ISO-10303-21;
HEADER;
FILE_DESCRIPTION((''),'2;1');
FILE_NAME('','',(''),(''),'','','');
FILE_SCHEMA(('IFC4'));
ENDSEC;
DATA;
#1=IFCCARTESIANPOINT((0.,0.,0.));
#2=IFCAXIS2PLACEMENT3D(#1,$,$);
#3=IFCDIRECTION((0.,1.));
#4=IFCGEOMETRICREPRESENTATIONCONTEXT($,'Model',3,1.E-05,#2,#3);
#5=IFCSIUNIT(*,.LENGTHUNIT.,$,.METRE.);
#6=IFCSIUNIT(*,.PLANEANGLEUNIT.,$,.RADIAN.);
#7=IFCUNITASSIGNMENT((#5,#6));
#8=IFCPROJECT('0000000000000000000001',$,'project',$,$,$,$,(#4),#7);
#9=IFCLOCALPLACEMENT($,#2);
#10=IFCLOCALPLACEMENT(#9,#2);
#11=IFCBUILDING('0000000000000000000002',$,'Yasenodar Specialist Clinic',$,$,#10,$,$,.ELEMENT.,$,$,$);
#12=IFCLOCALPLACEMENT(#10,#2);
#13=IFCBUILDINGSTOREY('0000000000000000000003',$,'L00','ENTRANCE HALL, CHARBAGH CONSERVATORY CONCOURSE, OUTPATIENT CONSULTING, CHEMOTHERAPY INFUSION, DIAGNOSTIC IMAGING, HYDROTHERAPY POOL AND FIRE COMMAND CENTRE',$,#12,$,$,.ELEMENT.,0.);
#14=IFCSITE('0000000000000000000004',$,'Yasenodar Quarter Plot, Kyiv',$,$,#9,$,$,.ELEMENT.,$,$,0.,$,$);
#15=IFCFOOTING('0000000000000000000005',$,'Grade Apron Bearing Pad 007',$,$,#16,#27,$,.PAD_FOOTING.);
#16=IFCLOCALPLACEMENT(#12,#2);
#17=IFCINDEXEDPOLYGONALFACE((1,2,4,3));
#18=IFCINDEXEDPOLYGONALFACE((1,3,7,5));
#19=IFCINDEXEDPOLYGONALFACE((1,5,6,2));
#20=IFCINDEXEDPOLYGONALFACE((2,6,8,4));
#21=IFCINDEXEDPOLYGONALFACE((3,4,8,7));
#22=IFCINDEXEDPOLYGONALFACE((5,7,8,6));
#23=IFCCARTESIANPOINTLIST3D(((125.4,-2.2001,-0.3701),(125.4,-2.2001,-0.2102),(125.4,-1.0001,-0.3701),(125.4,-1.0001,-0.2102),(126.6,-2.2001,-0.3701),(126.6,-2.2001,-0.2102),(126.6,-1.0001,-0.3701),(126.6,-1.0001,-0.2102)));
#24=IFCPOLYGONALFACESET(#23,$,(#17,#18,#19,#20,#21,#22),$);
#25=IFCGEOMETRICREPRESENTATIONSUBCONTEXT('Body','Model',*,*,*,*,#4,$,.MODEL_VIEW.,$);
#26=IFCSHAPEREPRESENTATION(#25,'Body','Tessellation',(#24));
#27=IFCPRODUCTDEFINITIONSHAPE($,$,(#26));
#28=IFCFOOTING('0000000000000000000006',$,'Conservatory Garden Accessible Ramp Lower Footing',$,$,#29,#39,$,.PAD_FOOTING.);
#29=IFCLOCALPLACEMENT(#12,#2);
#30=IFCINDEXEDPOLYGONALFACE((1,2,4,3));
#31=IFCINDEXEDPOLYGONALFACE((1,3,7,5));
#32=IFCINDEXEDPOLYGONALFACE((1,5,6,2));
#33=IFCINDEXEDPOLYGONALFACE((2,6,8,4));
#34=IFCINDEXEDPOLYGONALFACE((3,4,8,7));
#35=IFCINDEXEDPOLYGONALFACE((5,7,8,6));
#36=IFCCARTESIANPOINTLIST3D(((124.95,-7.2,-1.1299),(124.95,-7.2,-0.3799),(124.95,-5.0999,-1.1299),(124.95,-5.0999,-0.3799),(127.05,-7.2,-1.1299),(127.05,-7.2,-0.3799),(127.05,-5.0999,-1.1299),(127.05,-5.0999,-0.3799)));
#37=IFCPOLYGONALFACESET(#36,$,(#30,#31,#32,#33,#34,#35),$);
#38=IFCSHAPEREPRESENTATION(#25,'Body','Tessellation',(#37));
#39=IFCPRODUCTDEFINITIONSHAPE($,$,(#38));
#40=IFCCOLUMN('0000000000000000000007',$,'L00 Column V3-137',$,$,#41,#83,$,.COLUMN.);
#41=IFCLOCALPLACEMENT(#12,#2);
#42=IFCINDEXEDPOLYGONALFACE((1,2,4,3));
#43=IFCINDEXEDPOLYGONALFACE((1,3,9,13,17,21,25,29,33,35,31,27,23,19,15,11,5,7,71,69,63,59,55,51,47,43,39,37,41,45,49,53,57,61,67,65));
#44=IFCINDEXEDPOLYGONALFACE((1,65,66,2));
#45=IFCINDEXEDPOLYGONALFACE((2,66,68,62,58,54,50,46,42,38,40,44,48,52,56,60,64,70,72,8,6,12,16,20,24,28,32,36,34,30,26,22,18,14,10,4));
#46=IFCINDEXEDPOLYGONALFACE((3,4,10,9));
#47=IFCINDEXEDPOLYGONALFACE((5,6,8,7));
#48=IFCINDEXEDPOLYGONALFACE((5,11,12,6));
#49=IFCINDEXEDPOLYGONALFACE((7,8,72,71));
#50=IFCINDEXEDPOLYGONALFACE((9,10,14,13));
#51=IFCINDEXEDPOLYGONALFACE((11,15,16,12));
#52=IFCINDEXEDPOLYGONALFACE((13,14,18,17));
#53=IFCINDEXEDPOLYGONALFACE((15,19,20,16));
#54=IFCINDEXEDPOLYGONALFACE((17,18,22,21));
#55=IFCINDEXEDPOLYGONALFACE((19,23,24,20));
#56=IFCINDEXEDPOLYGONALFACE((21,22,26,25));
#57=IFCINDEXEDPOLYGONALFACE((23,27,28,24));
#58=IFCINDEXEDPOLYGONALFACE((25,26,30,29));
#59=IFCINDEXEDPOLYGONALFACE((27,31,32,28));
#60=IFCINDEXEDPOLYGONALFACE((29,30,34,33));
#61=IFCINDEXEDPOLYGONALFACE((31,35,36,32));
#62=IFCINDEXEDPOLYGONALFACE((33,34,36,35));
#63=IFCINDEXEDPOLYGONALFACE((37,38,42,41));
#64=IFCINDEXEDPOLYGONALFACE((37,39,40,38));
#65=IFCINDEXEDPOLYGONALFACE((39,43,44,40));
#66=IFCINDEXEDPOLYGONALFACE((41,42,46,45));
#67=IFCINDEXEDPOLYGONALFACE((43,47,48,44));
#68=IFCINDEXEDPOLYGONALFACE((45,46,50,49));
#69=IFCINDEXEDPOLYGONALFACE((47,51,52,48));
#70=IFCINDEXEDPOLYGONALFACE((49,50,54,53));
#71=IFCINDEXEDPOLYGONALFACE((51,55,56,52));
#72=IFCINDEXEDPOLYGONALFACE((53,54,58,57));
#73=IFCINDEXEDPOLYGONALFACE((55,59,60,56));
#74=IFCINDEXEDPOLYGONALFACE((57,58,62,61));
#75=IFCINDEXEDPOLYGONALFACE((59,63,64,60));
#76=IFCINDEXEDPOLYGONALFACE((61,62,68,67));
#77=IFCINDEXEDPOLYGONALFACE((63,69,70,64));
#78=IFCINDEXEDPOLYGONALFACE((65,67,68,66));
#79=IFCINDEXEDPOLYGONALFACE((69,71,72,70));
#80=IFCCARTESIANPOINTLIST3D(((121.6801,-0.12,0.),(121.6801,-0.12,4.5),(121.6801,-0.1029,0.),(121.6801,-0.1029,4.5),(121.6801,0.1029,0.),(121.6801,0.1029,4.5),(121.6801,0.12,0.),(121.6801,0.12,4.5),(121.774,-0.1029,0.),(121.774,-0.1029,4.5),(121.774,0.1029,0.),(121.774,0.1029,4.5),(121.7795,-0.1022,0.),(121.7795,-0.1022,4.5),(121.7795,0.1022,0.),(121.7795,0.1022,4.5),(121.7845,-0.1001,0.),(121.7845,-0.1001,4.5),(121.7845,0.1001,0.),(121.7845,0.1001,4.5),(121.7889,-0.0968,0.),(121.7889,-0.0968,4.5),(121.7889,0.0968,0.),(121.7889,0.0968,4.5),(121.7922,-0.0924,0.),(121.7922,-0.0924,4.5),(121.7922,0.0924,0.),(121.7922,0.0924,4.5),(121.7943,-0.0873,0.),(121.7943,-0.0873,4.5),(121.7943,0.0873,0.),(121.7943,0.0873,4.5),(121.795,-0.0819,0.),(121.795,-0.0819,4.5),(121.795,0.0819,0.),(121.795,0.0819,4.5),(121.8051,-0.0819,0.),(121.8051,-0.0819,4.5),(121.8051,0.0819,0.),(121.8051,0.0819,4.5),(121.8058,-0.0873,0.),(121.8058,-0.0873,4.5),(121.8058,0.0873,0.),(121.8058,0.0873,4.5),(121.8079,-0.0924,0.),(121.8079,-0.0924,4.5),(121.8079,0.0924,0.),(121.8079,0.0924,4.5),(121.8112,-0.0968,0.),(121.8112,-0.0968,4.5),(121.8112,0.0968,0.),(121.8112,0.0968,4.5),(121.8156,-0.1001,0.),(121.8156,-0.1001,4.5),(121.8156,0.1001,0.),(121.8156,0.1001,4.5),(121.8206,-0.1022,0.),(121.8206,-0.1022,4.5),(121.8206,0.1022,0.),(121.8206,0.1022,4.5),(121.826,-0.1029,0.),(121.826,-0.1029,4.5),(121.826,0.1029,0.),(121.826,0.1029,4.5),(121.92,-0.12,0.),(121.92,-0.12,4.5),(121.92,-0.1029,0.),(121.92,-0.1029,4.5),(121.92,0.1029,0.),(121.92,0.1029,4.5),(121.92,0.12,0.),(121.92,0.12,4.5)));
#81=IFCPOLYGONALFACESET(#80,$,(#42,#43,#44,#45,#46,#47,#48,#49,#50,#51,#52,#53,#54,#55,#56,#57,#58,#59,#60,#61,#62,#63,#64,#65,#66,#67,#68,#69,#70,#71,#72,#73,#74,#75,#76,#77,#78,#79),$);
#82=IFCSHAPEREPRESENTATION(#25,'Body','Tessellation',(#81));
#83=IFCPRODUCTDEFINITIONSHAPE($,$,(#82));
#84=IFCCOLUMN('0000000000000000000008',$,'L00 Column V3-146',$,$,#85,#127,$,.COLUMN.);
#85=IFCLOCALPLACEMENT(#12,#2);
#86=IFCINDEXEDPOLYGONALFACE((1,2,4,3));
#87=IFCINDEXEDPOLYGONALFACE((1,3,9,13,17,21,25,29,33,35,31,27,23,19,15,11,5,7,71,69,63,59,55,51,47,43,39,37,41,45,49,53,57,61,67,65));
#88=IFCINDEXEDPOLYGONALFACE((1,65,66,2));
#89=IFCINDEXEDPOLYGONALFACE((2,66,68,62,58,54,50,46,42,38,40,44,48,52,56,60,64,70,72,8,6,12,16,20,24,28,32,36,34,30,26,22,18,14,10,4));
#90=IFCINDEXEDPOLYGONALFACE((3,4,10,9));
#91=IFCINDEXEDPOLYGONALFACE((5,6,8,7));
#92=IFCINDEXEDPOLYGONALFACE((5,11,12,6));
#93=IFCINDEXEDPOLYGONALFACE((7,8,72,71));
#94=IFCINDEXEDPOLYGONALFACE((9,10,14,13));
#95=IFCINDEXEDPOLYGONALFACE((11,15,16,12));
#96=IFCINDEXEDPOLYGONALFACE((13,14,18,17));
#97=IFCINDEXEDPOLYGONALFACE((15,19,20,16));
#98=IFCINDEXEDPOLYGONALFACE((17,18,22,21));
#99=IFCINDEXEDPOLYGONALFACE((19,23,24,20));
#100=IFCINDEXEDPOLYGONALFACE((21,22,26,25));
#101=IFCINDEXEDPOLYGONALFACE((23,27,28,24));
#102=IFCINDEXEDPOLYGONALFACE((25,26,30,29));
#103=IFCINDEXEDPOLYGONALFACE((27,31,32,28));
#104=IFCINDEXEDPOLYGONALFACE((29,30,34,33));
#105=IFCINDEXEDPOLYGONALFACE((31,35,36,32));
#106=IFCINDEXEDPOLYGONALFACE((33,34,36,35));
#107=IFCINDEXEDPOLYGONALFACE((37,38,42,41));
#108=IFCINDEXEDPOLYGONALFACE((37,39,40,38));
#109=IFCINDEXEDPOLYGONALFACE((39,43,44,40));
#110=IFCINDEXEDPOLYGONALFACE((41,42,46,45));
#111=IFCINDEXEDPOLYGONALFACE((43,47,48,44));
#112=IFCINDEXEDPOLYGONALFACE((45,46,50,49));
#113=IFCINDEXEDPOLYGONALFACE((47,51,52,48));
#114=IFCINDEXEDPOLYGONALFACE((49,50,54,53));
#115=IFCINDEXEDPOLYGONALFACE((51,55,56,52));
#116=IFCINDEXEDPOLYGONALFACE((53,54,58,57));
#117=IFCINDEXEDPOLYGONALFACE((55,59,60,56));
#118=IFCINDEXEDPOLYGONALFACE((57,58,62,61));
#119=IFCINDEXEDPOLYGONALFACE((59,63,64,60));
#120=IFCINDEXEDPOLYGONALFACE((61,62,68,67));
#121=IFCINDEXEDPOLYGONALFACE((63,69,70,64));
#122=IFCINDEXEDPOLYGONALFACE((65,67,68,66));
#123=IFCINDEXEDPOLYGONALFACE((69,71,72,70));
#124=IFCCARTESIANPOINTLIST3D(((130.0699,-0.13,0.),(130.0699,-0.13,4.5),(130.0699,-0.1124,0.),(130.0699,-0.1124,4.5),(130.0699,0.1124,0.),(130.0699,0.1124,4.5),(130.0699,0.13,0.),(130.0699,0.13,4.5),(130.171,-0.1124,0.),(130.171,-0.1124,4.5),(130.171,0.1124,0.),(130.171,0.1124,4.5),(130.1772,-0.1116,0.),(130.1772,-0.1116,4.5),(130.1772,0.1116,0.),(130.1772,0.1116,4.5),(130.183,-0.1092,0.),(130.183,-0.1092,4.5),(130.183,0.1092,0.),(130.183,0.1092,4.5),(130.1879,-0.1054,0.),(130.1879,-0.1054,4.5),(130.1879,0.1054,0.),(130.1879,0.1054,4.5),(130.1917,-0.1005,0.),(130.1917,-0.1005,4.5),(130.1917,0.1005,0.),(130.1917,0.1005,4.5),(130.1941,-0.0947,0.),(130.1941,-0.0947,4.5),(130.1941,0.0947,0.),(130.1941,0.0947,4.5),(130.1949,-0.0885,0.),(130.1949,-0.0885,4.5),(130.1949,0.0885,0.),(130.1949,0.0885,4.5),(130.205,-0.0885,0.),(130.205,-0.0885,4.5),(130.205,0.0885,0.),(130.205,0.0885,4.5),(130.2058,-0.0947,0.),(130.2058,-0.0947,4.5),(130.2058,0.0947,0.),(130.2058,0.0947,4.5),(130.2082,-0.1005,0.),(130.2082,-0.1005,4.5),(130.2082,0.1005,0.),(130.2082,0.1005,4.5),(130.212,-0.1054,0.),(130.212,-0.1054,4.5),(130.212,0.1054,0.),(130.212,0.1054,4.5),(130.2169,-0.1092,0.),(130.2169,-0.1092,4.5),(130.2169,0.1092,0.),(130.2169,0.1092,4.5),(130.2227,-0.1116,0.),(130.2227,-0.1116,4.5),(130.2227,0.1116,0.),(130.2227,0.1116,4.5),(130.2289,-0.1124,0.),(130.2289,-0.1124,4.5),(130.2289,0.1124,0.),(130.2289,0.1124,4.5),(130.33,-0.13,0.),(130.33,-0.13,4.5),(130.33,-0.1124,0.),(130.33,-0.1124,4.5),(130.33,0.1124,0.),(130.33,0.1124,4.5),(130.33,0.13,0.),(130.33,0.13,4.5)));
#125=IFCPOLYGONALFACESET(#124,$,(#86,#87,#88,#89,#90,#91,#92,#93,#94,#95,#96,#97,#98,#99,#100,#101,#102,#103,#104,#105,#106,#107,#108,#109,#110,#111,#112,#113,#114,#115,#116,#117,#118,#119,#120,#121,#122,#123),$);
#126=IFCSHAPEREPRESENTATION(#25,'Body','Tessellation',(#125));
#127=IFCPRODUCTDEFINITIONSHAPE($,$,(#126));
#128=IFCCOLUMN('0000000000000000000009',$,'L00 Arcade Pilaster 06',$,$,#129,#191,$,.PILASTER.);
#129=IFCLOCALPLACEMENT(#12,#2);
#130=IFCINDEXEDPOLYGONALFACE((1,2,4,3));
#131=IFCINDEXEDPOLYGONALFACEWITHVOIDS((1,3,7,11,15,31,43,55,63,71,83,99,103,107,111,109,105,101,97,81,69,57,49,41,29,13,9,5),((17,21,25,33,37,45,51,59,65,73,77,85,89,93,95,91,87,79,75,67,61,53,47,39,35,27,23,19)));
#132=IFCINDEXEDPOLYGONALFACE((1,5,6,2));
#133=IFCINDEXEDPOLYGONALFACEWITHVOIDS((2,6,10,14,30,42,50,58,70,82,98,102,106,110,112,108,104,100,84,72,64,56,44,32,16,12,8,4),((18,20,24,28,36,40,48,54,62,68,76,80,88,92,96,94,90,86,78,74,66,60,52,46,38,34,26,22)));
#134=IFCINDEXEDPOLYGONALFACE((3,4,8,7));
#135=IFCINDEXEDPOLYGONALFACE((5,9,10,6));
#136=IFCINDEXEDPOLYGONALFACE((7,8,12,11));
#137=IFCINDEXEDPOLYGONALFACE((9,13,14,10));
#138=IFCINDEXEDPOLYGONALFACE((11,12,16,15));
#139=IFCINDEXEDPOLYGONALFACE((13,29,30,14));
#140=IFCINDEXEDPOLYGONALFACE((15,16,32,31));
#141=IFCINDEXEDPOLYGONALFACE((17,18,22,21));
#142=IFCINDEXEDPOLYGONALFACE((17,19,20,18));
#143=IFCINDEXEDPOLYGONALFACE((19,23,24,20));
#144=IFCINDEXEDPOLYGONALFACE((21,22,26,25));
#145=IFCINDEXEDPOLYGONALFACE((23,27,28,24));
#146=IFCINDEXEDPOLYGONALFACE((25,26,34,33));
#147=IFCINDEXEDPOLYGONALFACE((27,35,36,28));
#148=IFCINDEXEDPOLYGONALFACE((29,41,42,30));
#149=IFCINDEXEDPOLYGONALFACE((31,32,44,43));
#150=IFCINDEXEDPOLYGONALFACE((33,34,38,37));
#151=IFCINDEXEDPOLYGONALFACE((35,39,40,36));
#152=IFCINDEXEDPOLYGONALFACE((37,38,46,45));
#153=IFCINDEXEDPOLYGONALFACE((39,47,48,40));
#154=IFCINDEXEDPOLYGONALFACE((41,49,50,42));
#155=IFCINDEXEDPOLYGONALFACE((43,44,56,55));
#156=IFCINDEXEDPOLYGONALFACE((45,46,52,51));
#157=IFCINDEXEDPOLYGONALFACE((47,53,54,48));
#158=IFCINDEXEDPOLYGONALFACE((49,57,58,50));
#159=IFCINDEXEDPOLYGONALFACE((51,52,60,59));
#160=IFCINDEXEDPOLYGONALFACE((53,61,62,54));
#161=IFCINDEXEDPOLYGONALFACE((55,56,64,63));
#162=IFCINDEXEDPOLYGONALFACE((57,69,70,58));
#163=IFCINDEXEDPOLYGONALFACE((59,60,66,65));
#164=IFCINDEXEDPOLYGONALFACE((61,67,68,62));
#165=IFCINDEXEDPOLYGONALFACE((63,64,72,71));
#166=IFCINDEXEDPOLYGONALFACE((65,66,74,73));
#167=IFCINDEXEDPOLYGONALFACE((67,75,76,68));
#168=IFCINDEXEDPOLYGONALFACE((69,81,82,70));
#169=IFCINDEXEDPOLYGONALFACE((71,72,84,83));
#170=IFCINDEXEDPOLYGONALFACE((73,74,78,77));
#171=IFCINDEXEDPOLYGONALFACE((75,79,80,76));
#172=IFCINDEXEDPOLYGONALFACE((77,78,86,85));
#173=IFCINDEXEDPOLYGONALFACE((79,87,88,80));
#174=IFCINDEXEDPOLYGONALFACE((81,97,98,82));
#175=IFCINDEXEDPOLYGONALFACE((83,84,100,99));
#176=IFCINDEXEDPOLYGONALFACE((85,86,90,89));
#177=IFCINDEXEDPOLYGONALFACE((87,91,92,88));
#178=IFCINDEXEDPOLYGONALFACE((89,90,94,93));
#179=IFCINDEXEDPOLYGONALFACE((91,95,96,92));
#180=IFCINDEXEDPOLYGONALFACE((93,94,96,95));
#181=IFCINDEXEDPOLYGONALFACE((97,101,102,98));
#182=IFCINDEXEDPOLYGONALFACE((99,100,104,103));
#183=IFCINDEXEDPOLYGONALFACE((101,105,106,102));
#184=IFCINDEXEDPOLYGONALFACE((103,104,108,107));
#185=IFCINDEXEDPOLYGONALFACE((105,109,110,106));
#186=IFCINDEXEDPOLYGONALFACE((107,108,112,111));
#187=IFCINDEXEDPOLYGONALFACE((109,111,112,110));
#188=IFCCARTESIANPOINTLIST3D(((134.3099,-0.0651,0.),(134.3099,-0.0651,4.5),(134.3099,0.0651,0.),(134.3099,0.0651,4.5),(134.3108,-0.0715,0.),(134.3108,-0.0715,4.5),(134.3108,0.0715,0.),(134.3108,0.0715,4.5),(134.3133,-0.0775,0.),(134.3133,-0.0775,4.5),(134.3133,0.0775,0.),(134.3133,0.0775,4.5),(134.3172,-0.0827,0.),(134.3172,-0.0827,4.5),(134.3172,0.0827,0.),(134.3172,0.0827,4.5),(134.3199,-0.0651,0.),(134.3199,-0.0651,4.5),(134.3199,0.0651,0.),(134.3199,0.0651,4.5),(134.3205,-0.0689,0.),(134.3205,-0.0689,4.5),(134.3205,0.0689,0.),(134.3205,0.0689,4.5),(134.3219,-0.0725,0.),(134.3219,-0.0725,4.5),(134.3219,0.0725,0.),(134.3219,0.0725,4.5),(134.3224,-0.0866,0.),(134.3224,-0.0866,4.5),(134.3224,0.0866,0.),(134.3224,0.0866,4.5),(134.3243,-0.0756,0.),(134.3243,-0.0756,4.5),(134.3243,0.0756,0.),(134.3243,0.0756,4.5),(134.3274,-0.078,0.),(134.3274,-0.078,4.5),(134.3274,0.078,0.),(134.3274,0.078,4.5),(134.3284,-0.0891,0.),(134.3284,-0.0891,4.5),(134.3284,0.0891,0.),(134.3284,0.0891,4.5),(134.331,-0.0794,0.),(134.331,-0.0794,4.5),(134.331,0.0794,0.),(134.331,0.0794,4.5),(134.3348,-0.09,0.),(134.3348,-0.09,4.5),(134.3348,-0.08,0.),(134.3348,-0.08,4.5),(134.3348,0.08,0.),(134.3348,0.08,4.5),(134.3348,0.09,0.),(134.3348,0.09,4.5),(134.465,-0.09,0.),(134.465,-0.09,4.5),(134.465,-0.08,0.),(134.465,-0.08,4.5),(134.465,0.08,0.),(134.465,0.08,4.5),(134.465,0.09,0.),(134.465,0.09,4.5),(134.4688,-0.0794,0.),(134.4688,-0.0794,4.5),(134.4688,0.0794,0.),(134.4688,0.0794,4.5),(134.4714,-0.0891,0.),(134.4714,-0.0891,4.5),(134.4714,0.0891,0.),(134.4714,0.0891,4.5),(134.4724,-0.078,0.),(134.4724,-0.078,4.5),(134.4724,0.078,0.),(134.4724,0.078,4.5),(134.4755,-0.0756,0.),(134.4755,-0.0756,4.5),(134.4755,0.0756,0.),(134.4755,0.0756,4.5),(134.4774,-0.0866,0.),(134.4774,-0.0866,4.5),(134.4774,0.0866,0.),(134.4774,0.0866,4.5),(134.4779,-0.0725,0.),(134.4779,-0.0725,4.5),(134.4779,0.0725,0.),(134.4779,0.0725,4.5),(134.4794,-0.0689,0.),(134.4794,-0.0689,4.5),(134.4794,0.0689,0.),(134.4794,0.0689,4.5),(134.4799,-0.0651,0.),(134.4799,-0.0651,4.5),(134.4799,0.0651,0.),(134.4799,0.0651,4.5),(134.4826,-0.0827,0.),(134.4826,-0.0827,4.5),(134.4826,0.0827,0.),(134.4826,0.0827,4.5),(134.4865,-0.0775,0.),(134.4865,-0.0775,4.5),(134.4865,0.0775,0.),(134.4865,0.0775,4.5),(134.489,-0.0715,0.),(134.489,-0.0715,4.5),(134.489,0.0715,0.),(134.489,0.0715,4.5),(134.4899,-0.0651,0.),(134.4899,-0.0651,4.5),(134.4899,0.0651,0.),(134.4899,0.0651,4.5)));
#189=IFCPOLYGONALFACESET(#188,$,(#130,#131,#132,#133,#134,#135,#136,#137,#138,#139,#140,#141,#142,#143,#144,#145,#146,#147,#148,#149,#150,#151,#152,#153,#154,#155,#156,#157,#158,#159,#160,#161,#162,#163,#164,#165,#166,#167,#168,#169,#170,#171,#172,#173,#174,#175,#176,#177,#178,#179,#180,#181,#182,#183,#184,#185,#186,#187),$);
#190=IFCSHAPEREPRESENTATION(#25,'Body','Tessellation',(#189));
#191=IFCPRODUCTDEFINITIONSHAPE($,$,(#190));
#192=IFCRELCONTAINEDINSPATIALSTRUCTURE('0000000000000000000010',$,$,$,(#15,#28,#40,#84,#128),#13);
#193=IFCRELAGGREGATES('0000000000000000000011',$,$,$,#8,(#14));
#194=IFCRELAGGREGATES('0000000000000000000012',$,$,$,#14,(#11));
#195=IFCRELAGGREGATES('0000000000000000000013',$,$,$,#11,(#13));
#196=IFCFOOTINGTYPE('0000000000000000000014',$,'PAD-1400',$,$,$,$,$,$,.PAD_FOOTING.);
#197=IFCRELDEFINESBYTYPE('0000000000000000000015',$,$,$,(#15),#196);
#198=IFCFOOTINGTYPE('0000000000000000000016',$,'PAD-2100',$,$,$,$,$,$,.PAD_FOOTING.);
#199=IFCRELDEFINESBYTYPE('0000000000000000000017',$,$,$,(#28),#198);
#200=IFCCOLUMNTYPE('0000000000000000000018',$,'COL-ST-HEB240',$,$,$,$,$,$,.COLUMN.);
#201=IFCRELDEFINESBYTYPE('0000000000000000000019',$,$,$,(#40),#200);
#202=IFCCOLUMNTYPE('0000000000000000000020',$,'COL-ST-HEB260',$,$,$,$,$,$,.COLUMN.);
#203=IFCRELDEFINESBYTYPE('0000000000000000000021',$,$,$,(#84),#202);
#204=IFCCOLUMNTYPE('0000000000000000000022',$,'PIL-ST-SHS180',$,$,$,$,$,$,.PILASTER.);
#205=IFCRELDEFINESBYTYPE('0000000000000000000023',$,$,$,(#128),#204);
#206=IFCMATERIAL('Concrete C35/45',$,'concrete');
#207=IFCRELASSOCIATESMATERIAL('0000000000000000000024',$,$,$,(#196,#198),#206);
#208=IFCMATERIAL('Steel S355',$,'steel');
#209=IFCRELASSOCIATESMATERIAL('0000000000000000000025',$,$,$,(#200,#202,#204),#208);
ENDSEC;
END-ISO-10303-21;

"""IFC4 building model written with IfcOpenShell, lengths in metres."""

from ifc_helpers import new_model, si_unit, direction, frame, origin, origin_2d, place, context, subcontext, project, spatial, rectangle, hollow_rectangle, i_section, extrude, material, material_profile, profile_set, type_object, element, save


model = new_model("IFC4")

# Units and contexts
model_context = context("Model", 3, precision=1e-05, world=origin(), true_north=direction((0.0, 1.0)))
body_context = subcontext(model_context, "Body", "Model", "MODEL_VIEW")
ifc_project = project(units=[si_unit("LENGTHUNIT", "METRE"), si_unit("PLANEANGLEUNIT", "RADIAN")], contexts=[model_context])

# Site, building, storey
site_placement = place(None, origin())
site = spatial("IfcSite", under=ifc_project, at=site_placement, Name="Yasenodar Quarter Plot, Kyiv", CompositionType="ELEMENT", RefElevation=0.0)
building_placement = place(site_placement, origin())
building = spatial("IfcBuilding", under=site, at=building_placement, Name="Yasenodar Specialist Clinic", CompositionType="ELEMENT")
storey_placement = place(building_placement, origin())
storey = spatial("IfcBuildingStorey", under=building, at=storey_placement, Name="L00", Description="ENTRANCE HALL, CHARBAGH CONSERVATORY CONCOURSE, OUTPATIENT CONSULTING, CHEMOTHERAPY INFUSION, DIAGNOSTIC IMAGING, HYDROTHERAPY POOL AND FIRE COMMAND CENTRE", CompositionType="ELEMENT", Elevation=0.0)

# Footings
ifc_material_1 = material(Name="Concrete C35/45", Category="concrete")
footing_type_1 = type_object("IfcFootingType", Name="PAD-1400", PredefinedType="PAD_FOOTING", material=ifc_material_1)
footing_1_placement = place(storey_placement, frame((126.0, -1.6001, -0.3701), z_axis=(0.0, 0.0, 1.0), x_axis=(1.0, 0.0, 0.0)))
element("IfcFooting", 1, at=footing_1_placement, inside=storey, type_object=footing_type_1, Name="Grade Apron Bearing Pad 007", PredefinedType="PAD_FOOTING", context=body_context, shape_type="SweptSolid", body=[
    extrude(rectangle(XDim=1.2, YDim=1.2, at=origin_2d()), origin(), (0.0, 0.0, 1.0), 0.1599),
])
footing_type_2 = type_object("IfcFootingType", Name="PAD-2100", PredefinedType="PAD_FOOTING", material=ifc_material_1)
footing_2_placement = place(storey_placement, frame((126.0, -6.1499, -1.1299), z_axis=(0.0, 0.0, 1.0), x_axis=(1.0, 0.0, 0.0)))
element("IfcFooting", 2, at=footing_2_placement, inside=storey, type_object=footing_type_2, Name="Conservatory Garden Accessible Ramp Lower Footing", PredefinedType="PAD_FOOTING", context=body_context, shape_type="SweptSolid", body=[
    extrude(rectangle(XDim=2.1001, YDim=2.1001, at=origin_2d()), origin(), (0.0, 0.0, 1.0), 0.75),
])

# Columns
ifc_material_2 = material(Name="Steel S355", Category="steel")
ifc_material_profile_1 = material_profile(ifc_material_2, i_section(OverallWidth=0.24, OverallDepth=0.24, WebThickness=0.01, FlangeThickness=0.0171, FilletRadius=0.021, at=origin_2d()), Name="HEB 240")
ifc_profile_set_1 = profile_set([ifc_material_profile_1], Name="Steel S355")
column_type_1 = type_object("IfcColumnType", Name="COL-ST-HEB240", PredefinedType="COLUMN", material=ifc_profile_set_1)
column_1_placement = place(storey_placement, frame((121.8, 0.0, 0.0), z_axis=(0.0, 0.0, 1.0), x_axis=(1.0, 0.0, 0.0)))
element("IfcColumn", 3, at=column_1_placement, inside=storey, type_object=column_type_1, Name="L00 Column V3-137", PredefinedType="COLUMN", context=body_context, shape_type="SweptSolid", body=[
    extrude(i_section(OverallWidth=0.24, OverallDepth=0.24, WebThickness=0.01, FlangeThickness=0.0171, FilletRadius=0.021, at=origin_2d()), origin(), (0.0, 0.0, 1.0), 4.5),
])
ifc_material_profile_2 = material_profile(ifc_material_2, i_section(OverallWidth=0.26, OverallDepth=0.26, WebThickness=0.01, FlangeThickness=0.0176, FilletRadius=0.0239, at=origin_2d()), Name="HEB 260")
ifc_profile_set_2 = profile_set([ifc_material_profile_2], Name="Steel S355")
column_type_2 = type_object("IfcColumnType", Name="COL-ST-HEB260", PredefinedType="COLUMN", material=ifc_profile_set_2)
column_2_placement = place(storey_placement, frame((130.2, 0.0, 0.0), z_axis=(0.0, 0.0, 1.0), x_axis=(1.0, 0.0, 0.0)))
element("IfcColumn", 4, at=column_2_placement, inside=storey, type_object=column_type_2, Name="L00 Column V3-146", PredefinedType="COLUMN", context=body_context, shape_type="SweptSolid", body=[
    extrude(i_section(OverallWidth=0.26, OverallDepth=0.26, WebThickness=0.01, FlangeThickness=0.0176, FilletRadius=0.0239, at=origin_2d()), origin(), (0.0, 0.0, 1.0), 4.5),
])
ifc_material_profile_3 = material_profile(ifc_material_2, hollow_rectangle(XDim=0.1799, YDim=0.1799, WallThickness=0.01, InnerFilletRadius=0.0149, OuterFilletRadius=0.0249, at=origin_2d()), Name="SHS 180x180x10")
ifc_profile_set_3 = profile_set([ifc_material_profile_3], Name="Steel S355")
column_type_3 = type_object("IfcColumnType", Name="PIL-ST-SHS180", PredefinedType="PILASTER", material=ifc_profile_set_3)
column_3_placement = place(storey_placement, frame((134.3999, 0.0, 0.0), z_axis=(0.0, 0.0, 1.0), x_axis=(1.0, 0.0, 0.0)))
element("IfcColumn", 5, at=column_3_placement, inside=storey, type_object=column_type_3, Name="L00 Arcade Pilaster 06", PredefinedType="PILASTER", context=body_context, shape_type="SweptSolid", body=[
    extrude(hollow_rectangle(XDim=0.1799, YDim=0.1799, WallThickness=0.01, InnerFilletRadius=0.0149, OuterFilletRadius=0.0249, at=origin_2d()), origin(), (0.0, 0.0, 1.0), 4.5),
])

save(model, "model.ifc")
